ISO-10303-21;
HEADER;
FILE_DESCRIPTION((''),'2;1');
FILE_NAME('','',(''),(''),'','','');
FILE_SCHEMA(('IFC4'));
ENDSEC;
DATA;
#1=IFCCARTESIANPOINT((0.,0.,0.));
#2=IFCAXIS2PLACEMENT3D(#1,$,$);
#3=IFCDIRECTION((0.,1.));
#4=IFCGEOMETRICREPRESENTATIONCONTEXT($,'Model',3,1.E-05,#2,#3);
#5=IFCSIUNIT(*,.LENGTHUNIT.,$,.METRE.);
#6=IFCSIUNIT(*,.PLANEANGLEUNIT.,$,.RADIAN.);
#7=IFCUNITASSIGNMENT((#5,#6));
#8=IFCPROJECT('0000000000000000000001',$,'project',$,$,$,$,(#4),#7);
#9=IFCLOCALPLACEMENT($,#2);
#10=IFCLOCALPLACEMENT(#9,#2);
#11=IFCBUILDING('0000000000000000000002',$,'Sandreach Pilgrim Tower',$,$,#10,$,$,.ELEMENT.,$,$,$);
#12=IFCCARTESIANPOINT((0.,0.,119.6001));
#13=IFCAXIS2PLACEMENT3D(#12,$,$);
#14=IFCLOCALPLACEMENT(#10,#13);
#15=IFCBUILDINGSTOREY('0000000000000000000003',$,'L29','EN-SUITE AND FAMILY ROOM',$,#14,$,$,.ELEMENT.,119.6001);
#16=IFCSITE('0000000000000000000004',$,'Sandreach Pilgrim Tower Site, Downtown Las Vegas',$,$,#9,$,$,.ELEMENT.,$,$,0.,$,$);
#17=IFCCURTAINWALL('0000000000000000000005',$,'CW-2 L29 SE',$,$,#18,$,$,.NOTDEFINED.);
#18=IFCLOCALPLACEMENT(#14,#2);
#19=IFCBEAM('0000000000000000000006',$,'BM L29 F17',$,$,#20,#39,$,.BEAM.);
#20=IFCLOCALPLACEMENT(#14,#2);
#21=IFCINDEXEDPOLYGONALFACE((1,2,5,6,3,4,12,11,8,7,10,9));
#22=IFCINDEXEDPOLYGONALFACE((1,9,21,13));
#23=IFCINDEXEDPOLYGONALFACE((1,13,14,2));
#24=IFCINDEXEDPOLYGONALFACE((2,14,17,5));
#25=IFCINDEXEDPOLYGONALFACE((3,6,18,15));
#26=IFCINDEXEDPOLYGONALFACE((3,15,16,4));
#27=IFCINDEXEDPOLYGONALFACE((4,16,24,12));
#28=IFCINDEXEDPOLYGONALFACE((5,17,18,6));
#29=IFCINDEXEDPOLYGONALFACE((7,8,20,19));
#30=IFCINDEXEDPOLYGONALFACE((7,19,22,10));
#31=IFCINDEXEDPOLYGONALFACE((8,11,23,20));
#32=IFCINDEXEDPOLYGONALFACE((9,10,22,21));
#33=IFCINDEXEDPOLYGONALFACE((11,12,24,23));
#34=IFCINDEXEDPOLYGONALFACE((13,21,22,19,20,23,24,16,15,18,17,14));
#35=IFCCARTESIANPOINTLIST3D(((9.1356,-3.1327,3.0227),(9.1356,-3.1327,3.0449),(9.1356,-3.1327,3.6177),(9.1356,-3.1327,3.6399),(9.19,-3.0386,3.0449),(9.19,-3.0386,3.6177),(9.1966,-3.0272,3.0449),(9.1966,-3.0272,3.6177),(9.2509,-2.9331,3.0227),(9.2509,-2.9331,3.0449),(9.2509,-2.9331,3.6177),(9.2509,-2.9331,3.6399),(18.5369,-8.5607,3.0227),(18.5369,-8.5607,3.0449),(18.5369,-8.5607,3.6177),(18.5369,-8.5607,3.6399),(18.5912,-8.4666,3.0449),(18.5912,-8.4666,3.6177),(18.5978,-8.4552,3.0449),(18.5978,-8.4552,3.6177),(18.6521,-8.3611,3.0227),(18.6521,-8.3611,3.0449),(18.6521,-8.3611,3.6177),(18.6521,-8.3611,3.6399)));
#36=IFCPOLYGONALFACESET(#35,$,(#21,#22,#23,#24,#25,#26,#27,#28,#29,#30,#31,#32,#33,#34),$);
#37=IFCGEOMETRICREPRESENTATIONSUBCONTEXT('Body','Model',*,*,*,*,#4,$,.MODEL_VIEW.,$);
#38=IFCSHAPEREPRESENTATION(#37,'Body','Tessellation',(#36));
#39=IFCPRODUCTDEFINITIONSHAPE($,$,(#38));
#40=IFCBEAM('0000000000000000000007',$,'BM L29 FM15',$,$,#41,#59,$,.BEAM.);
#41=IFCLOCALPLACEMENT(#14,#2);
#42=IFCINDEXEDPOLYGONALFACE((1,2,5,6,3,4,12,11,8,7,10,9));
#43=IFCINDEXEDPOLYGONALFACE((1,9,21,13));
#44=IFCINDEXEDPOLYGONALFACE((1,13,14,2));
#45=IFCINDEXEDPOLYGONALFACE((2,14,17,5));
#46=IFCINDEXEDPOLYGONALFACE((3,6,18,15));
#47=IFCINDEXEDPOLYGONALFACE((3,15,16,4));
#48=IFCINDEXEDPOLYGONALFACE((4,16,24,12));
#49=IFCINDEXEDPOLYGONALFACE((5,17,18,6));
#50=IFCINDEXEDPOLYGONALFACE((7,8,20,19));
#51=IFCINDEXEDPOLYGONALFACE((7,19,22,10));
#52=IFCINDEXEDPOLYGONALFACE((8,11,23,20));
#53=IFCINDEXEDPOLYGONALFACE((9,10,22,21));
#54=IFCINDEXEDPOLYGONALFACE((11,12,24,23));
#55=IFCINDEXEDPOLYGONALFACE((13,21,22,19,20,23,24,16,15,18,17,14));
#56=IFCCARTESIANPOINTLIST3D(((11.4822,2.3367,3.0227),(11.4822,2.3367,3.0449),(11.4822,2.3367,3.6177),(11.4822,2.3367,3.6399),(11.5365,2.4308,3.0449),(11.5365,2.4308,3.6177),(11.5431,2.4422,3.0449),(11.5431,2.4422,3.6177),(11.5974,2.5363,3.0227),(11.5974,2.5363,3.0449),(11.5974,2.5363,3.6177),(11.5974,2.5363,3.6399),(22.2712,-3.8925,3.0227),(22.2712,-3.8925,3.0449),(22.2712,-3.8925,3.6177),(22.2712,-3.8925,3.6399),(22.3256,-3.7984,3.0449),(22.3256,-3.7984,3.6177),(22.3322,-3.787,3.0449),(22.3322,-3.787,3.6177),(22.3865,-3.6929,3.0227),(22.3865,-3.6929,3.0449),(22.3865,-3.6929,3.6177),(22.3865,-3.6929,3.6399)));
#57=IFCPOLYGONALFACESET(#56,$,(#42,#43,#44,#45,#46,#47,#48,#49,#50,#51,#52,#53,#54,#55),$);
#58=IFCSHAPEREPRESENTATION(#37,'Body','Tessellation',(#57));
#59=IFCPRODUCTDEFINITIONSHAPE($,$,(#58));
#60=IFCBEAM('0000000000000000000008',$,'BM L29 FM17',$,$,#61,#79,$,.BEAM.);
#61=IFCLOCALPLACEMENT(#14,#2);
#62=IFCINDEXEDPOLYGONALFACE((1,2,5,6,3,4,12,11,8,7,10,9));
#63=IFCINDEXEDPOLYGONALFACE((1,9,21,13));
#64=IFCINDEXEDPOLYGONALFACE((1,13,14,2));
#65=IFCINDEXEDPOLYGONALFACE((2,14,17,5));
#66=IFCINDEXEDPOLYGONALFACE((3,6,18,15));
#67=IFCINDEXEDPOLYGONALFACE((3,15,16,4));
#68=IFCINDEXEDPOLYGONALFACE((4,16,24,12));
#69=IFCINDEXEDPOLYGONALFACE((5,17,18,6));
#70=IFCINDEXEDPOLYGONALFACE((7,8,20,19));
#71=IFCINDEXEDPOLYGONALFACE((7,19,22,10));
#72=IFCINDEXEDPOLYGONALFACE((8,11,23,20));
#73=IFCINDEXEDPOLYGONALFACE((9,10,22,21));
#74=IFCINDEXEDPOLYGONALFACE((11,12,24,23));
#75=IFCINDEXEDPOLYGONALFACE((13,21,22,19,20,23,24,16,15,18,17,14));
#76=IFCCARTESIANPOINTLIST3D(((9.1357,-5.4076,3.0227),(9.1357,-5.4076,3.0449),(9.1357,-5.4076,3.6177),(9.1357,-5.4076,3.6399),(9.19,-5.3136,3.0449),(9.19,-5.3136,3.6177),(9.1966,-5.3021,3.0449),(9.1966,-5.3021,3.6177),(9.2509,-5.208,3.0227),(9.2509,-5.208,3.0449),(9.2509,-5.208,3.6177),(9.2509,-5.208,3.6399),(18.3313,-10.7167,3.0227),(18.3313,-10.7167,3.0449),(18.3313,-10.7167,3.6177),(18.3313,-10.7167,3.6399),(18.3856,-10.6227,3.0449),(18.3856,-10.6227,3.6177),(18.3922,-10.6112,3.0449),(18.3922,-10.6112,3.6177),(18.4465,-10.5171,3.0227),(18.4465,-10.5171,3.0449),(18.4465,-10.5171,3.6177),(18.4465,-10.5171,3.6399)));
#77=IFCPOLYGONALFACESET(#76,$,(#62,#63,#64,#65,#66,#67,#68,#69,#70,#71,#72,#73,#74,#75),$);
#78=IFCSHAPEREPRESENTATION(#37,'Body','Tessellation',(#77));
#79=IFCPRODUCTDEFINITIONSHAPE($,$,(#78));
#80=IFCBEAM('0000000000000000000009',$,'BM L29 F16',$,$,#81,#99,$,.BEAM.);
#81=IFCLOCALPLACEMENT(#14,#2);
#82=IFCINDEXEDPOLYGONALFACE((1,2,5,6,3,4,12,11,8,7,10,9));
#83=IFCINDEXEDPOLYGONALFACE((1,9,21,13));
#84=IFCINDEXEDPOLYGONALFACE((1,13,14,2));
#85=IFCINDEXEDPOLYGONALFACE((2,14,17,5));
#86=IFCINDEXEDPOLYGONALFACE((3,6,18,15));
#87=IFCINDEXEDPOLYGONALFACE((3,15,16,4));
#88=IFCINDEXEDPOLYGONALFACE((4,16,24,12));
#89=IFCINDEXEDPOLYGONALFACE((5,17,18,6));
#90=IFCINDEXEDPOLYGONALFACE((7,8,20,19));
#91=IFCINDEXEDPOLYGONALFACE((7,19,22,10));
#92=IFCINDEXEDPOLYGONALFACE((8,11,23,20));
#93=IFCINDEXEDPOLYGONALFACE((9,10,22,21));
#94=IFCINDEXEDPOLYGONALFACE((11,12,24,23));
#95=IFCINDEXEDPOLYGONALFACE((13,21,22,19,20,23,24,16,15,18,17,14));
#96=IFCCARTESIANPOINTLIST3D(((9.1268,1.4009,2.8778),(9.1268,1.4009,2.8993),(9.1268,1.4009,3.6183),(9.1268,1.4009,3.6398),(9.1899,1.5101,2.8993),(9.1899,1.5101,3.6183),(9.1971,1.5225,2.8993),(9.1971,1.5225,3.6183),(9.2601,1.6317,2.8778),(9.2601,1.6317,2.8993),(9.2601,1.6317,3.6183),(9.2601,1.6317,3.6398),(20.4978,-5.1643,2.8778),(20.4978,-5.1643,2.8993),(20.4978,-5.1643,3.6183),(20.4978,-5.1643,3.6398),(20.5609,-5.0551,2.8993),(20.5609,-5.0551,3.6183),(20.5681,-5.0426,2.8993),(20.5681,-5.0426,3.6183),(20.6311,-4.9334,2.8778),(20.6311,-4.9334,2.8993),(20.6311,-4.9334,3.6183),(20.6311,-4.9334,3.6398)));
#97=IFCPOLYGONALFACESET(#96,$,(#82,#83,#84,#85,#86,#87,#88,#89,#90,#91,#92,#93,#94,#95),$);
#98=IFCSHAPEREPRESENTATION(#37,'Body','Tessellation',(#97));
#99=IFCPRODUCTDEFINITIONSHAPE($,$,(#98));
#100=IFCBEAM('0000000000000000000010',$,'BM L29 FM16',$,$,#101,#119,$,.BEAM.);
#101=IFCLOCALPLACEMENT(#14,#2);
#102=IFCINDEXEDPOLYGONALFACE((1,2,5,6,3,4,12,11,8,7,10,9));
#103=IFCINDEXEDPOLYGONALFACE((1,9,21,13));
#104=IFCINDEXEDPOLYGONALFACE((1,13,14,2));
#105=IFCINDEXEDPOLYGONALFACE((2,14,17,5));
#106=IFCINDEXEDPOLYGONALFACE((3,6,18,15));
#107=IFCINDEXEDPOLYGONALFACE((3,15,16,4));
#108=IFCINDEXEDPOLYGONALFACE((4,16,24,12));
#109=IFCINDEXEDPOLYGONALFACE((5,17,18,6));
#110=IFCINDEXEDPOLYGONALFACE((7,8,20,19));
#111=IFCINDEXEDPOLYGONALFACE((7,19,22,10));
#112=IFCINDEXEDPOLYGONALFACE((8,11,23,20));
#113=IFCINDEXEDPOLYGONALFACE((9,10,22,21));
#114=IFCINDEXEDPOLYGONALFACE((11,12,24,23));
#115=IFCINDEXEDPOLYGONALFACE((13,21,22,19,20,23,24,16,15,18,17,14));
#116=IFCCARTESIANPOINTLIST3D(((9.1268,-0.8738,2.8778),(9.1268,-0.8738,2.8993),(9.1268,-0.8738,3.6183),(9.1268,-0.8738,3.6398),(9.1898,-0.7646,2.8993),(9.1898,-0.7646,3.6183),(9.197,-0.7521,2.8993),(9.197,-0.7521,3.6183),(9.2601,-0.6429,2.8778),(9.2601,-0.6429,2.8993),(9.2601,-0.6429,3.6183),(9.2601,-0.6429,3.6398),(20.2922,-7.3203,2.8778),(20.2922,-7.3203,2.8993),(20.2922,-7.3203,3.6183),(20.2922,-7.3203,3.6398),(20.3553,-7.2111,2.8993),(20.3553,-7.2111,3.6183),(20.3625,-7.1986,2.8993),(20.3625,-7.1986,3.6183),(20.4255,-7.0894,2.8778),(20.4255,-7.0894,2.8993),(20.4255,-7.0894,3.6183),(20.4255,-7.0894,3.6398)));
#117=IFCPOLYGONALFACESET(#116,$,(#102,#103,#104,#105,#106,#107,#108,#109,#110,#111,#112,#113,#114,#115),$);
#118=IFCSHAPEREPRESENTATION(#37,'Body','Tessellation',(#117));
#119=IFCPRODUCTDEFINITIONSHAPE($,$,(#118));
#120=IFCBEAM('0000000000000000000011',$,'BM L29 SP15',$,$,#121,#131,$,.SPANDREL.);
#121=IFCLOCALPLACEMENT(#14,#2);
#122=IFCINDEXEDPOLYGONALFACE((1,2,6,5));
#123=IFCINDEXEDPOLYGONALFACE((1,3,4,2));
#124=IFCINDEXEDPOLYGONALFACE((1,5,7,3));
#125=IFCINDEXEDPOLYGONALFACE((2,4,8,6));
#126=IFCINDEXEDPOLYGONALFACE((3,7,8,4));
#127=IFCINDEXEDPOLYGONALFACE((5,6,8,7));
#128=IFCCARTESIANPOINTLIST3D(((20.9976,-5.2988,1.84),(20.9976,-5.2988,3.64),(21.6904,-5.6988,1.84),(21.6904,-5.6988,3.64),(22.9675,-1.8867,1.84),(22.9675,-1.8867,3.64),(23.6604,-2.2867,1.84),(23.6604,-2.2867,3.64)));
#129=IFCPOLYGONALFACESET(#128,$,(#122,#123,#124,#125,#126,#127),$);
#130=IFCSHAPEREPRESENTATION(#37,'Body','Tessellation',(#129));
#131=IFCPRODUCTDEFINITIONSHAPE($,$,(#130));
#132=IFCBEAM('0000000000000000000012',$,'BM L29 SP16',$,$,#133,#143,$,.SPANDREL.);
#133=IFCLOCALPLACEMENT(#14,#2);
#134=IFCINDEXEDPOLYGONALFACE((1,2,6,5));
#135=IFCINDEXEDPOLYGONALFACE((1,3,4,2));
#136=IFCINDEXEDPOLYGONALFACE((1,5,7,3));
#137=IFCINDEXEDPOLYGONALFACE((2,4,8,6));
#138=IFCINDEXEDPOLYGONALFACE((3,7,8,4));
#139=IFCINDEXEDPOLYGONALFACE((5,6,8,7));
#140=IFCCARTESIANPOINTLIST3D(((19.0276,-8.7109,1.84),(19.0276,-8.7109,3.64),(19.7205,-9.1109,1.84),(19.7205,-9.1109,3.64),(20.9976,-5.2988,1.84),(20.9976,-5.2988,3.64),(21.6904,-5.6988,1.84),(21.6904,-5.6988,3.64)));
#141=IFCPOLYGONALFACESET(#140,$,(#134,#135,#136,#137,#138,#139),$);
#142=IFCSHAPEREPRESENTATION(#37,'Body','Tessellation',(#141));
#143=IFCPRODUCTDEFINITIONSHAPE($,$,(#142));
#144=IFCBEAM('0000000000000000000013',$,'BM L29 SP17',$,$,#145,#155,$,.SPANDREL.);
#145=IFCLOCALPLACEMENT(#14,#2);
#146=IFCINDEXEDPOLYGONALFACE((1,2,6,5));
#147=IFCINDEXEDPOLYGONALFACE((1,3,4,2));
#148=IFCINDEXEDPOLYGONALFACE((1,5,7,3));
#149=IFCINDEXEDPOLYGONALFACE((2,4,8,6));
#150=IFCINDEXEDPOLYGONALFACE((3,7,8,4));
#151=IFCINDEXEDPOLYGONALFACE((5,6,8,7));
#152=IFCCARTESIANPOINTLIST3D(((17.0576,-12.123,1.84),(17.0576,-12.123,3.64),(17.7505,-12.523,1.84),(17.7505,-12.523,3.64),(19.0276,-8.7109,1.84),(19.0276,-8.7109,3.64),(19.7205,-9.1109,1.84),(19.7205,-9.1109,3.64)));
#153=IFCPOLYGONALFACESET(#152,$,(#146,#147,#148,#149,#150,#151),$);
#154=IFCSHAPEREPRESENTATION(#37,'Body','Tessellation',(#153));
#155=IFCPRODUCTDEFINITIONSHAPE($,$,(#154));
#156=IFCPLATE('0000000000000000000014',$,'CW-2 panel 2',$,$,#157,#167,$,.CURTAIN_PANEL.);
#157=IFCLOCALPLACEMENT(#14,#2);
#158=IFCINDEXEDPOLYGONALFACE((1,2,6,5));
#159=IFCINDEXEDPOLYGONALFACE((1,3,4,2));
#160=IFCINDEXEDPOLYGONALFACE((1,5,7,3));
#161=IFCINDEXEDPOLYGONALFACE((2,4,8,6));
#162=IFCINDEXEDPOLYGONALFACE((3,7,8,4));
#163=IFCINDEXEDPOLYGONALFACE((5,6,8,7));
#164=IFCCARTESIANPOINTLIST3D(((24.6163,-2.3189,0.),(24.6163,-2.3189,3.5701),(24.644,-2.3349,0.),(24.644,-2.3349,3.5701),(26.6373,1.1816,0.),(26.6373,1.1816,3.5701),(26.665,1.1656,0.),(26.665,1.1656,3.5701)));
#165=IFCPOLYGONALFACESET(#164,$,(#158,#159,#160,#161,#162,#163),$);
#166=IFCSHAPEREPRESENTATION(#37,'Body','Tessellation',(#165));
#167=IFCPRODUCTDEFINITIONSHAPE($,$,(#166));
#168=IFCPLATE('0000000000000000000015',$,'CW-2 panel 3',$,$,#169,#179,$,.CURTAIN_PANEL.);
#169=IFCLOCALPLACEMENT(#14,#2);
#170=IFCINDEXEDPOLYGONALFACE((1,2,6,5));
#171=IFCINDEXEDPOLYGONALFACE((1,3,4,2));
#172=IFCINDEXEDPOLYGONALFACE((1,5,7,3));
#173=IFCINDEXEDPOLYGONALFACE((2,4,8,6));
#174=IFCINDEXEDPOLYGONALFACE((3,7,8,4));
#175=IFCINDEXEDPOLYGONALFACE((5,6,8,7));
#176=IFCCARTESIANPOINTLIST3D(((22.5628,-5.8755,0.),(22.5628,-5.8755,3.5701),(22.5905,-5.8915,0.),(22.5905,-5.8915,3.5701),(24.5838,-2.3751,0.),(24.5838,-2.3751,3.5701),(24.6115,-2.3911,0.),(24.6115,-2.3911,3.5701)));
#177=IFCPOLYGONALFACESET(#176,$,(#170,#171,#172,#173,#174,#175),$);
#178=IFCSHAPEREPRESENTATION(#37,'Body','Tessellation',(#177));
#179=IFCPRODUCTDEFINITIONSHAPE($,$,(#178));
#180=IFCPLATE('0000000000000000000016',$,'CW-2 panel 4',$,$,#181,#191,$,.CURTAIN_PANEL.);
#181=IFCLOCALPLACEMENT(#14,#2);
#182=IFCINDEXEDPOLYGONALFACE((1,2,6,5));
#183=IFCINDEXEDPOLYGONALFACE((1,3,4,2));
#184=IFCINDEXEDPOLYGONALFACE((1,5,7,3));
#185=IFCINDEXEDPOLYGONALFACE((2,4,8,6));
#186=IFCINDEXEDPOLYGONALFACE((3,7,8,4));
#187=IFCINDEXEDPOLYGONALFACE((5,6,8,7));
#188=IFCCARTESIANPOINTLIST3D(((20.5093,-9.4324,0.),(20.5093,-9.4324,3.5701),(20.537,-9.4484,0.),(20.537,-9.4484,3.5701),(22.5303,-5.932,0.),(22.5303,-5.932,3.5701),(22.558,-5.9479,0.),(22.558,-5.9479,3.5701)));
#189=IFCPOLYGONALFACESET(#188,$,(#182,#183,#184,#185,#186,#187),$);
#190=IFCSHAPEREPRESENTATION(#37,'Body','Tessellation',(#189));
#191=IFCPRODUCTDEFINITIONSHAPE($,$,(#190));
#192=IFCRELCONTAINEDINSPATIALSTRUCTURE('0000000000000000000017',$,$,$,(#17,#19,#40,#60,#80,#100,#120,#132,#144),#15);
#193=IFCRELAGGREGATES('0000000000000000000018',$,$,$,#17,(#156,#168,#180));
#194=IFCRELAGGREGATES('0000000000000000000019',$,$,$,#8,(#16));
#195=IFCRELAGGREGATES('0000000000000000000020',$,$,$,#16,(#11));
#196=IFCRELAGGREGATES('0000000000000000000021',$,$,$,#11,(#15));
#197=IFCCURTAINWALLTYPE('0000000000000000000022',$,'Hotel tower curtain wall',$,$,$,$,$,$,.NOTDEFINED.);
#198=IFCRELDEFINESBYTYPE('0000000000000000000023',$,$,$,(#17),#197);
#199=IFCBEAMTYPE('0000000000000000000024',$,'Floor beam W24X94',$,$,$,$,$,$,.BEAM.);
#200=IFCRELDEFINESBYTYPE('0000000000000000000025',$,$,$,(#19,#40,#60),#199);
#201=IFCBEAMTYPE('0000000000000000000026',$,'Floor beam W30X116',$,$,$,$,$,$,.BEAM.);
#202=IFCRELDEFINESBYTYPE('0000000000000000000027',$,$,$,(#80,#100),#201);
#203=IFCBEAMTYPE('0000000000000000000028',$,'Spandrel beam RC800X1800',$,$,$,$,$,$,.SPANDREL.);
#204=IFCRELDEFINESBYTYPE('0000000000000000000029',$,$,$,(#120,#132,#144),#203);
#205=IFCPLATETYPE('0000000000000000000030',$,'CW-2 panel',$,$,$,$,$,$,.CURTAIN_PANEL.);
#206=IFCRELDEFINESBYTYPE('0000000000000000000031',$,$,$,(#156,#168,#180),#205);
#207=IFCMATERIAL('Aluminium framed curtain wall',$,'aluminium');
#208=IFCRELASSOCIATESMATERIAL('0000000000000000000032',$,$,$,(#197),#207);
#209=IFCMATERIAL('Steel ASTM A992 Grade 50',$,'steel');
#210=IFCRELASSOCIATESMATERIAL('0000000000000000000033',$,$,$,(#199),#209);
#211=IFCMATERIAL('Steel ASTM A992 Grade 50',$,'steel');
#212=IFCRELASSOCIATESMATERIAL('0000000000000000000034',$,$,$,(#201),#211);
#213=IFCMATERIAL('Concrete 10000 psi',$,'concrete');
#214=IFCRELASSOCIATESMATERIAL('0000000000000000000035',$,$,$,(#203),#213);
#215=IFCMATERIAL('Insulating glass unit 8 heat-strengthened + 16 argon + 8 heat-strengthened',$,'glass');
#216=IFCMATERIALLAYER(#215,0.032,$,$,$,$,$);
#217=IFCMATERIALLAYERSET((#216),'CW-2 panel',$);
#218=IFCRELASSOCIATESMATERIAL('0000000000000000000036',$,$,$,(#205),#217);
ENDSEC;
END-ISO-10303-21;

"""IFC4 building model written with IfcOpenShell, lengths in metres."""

from ifc_helpers import new_model, si_unit, direction, frame, origin, origin_2d, place, context, subcontext, project, spatial, rectangle, i_section, extrude, material, layer, layer_set, material_profile, profile_set, type_object, element, aggregate, save


model = new_model("IFC4")

# Units and contexts
model_context = context("Model", 3, precision=1e-05, world=origin(), true_north=direction((0.0, 1.0)))
body_context = subcontext(model_context, "Body", "Model", "MODEL_VIEW")
ifc_project = project(units=[si_unit("LENGTHUNIT", "METRE"), si_unit("PLANEANGLEUNIT", "RADIAN")], contexts=[model_context])

# Site, building, storey
site_placement = place(None, origin())
site = spatial("IfcSite", under=ifc_project, at=site_placement, Name="Sandreach Pilgrim Tower Site, Downtown Las Vegas", CompositionType="ELEMENT", RefElevation=0.0)
building_placement = place(site_placement, origin())
building = spatial("IfcBuilding", under=site, at=building_placement, Name="Sandreach Pilgrim Tower", CompositionType="ELEMENT")
storey_placement = place(building_placement, frame((0.0, 0.0, 119.6001)))
storey = spatial("IfcBuildingStorey", under=building, at=storey_placement, Name="L29", Description="EN-SUITE AND FAMILY ROOM", CompositionType="ELEMENT", Elevation=119.6001)

# Curtain wall
ifc_material_1 = material(Name="Aluminium framed curtain wall", Category="aluminium")
curtain_wall_type = type_object("IfcCurtainWallType", Name="Hotel tower curtain wall", PredefinedType="NOTDEFINED", material=ifc_material_1)
curtain_wall_placement = place(storey_placement, origin())
curtain_wall = element("IfcCurtainWall", 1, at=curtain_wall_placement, inside=storey, type_object=curtain_wall_type, Name="CW-2 L29 SE", PredefinedType="NOTDEFINED")

# Beams
ifc_material_2 = material(Name="Steel ASTM A992 Grade 50", Category="steel")
ifc_material_profile_1 = material_profile(ifc_material_2, i_section(OverallWidth=0.2305, OverallDepth=0.6172, WebThickness=0.0132, FlangeThickness=0.0222, at=origin_2d()), Name="W24X94")
ifc_profile_set_1 = profile_set([ifc_material_profile_1], Name="Steel ASTM A992 Grade 50")
beam_type_1 = type_object("IfcBeamType", Name="Floor beam W24X94", PredefinedType="BEAM", material=ifc_profile_set_1)
beam_1_placement = place(storey_placement, frame((18.5945, -8.4609, 3.3313), z_axis=(-0.866016, 0.500016, 0.0), x_axis=(-0.500016, -0.866016, 0.0)))
element("IfcBeam", 2, at=beam_1_placement, inside=storey, type_object=beam_type_1, Name="BM L29 F17", PredefinedType="BEAM", context=body_context, shape_type="SweptSolid", body=[
    extrude(i_section(OverallWidth=0.2305, OverallDepth=0.6172, WebThickness=0.0132, FlangeThickness=0.0222, at=origin_2d()), origin(), (0.0, 0.0, 1.0), 10.8557),
])
beam_2_placement = place(storey_placement, frame((22.3289, -3.7927, 3.3313), z_axis=(-0.866019, 0.500011, 0.0), x_axis=(-0.500011, -0.866019, 0.0)))
element("IfcBeam", 3, at=beam_2_placement, inside=storey, type_object=beam_type_1, Name="BM L29 FM15", PredefinedType="BEAM", context=body_context, shape_type="SweptSolid", body=[
    extrude(i_section(OverallWidth=0.2305, OverallDepth=0.6172, WebThickness=0.0132, FlangeThickness=0.0222, at=origin_2d()), origin(), (0.0, 0.0, 1.0), 12.4583),
])
beam_3_placement = place(storey_placement, frame((18.3889, -10.6169, 3.3313), z_axis=(-0.866024, 0.500002, 0.0), x_axis=(-0.500002, -0.866024, 0.0)))
element("IfcBeam", 4, at=beam_3_placement, inside=storey, type_object=beam_type_1, Name="BM L29 FM17", PredefinedType="BEAM", context=body_context, shape_type="SweptSolid", body=[
    extrude(i_section(OverallWidth=0.2305, OverallDepth=0.6172, WebThickness=0.0132, FlangeThickness=0.0222, at=origin_2d()), origin(), (0.0, 0.0, 1.0), 10.6182),
])
ifc_material_3 = material(Name="Steel ASTM A992 Grade 50", Category="steel")
ifc_material_profile_2 = material_profile(ifc_material_3, i_section(OverallWidth=0.2666, OverallDepth=0.762, WebThickness=0.0144, FlangeThickness=0.0215, at=origin_2d()), Name="W30X116")
ifc_profile_set_2 = profile_set([ifc_material_profile_2], Name="Steel ASTM A992 Grade 50")
beam_type_2 = type_object("IfcBeamType", Name="Floor beam W30X116", PredefinedType="BEAM", material=ifc_profile_set_2)
beam_4_placement = place(storey_placement, frame((20.5645, -5.0488, 3.2588), z_axis=(-0.866023, 0.500005, 0.0), x_axis=(-0.500005, -0.866023, 0.0)))
element("IfcBeam", 5, at=beam_4_placement, inside=storey, type_object=beam_type_2, Name="BM L29 F16", PredefinedType="BEAM", context=body_context, shape_type="SweptSolid", body=[
    extrude(i_section(OverallWidth=0.2666, OverallDepth=0.762, WebThickness=0.0144, FlangeThickness=0.0215, at=origin_2d()), origin(), (0.0, 0.0, 1.0), 13.1301),
])
beam_5_placement = place(storey_placement, frame((20.3589, -7.2048, 3.2588), z_axis=(-0.866022, 0.500007, 0.0), x_axis=(-0.500007, -0.866022, 0.0)))
element("IfcBeam", 6, at=beam_5_placement, inside=storey, type_object=beam_type_2, Name="BM L29 FM16", PredefinedType="BEAM", context=body_context, shape_type="SweptSolid", body=[
    extrude(i_section(OverallWidth=0.2666, OverallDepth=0.762, WebThickness=0.0144, FlangeThickness=0.0215, at=origin_2d()), origin(), (0.0, 0.0, 1.0), 12.8928),
])
ifc_material_4 = material(Name="Concrete 10000 psi", Category="concrete")
ifc_material_profile_3 = material_profile(ifc_material_4, rectangle(XDim=0.8, YDim=1.8, at=origin_2d()), Name="RC800X1800")
ifc_profile_set_3 = profile_set([ifc_material_profile_3], Name="Concrete 10000 psi")
beam_type_3 = type_object("IfcBeamType", Name="Spandrel beam RC800X1800", PredefinedType="SPANDREL", material=ifc_profile_set_3)
for number, where, z_axis, x_axis, name in (
    (7, (23.314, -2.0867, 2.74), (-0.499998, -0.866027, 0.0), (0.866027, -0.499998, 0.0), "BM L29 SP15"),
    (8, (21.344, -5.4988, 2.74), (-0.499998, -0.866027, 0.0), (0.866027, -0.499998, 0.0), "BM L29 SP16"),
    (9, (19.374, -8.9109, 2.74), (-0.499998, -0.866027, 0.0), (0.866027, -0.499998, 0.0), "BM L29 SP17"),
):
    element("IfcBeam", number, at=place(storey_placement, frame(where, z_axis=z_axis, x_axis=x_axis)), inside=storey, type_object=beam_type_3, Name=name, PredefinedType="SPANDREL", context=body_context, shape_type="SweptSolid", body=[
        extrude(rectangle(XDim=0.8, YDim=1.8, at=origin_2d()), origin(), (0.0, 0.0, 1.0), 3.9399),
    ])

# Plates
ifc_material_5 = material(Name="Insulating glass unit 8 heat-strengthened + 16 argon + 8 heat-strengthened", Category="glass")
ifc_layer_1 = layer(ifc_material_5, 0.032)
ifc_layer_set_1 = layer_set([ifc_layer_1], Name="CW-2 panel")
plate_type = type_object("IfcPlateType", Name="CW-2 panel", PredefinedType="CURTAIN_PANEL", material=ifc_layer_set_1)
plate_1_placement = place(storey_placement, frame((25.6406, -0.5767, 0.0), z_axis=(0.0, 0.0, 1.0), x_axis=(-0.5, -0.866025, 0.0)))
plate_1 = element("IfcPlate", 10, at=plate_1_placement, type_object=plate_type, Name="CW-2 panel 2", PredefinedType="CURTAIN_PANEL", context=body_context, shape_type="SweptSolid", body=[
    extrude(rectangle(XDim=4.042, YDim=0.032, at=origin_2d()), origin(), (0.0, 0.0, 1.0), 3.5701),
])
plate_2_placement = place(storey_placement, frame((23.5872, -4.1333, 0.0), z_axis=(0.0, 0.0, 1.0), x_axis=(-0.5, -0.866025, 0.0)))
plate_2 = element("IfcPlate", 11, at=plate_2_placement, type_object=plate_type, Name="CW-2 panel 3", PredefinedType="CURTAIN_PANEL", context=body_context, shape_type="SweptSolid", body=[
    extrude(rectangle(XDim=4.042, YDim=0.032, at=origin_2d()), origin(), (0.0, 0.0, 1.0), 3.5701),
])
plate_3_placement = place(storey_placement, frame((21.5337, -7.6902, 0.0), z_axis=(0.0, 0.0, 1.0), x_axis=(-0.5, -0.866025, 0.0)))
plate_3 = element("IfcPlate", 12, at=plate_3_placement, type_object=plate_type, Name="CW-2 panel 4", PredefinedType="CURTAIN_PANEL", context=body_context, shape_type="SweptSolid", body=[
    extrude(rectangle(XDim=4.042, YDim=0.032, at=origin_2d()), origin(), (0.0, 0.0, 1.0), 3.5701),
])
aggregate(curtain_wall, [plate_1, plate_2, plate_3])

save(model, "model.ifc")
